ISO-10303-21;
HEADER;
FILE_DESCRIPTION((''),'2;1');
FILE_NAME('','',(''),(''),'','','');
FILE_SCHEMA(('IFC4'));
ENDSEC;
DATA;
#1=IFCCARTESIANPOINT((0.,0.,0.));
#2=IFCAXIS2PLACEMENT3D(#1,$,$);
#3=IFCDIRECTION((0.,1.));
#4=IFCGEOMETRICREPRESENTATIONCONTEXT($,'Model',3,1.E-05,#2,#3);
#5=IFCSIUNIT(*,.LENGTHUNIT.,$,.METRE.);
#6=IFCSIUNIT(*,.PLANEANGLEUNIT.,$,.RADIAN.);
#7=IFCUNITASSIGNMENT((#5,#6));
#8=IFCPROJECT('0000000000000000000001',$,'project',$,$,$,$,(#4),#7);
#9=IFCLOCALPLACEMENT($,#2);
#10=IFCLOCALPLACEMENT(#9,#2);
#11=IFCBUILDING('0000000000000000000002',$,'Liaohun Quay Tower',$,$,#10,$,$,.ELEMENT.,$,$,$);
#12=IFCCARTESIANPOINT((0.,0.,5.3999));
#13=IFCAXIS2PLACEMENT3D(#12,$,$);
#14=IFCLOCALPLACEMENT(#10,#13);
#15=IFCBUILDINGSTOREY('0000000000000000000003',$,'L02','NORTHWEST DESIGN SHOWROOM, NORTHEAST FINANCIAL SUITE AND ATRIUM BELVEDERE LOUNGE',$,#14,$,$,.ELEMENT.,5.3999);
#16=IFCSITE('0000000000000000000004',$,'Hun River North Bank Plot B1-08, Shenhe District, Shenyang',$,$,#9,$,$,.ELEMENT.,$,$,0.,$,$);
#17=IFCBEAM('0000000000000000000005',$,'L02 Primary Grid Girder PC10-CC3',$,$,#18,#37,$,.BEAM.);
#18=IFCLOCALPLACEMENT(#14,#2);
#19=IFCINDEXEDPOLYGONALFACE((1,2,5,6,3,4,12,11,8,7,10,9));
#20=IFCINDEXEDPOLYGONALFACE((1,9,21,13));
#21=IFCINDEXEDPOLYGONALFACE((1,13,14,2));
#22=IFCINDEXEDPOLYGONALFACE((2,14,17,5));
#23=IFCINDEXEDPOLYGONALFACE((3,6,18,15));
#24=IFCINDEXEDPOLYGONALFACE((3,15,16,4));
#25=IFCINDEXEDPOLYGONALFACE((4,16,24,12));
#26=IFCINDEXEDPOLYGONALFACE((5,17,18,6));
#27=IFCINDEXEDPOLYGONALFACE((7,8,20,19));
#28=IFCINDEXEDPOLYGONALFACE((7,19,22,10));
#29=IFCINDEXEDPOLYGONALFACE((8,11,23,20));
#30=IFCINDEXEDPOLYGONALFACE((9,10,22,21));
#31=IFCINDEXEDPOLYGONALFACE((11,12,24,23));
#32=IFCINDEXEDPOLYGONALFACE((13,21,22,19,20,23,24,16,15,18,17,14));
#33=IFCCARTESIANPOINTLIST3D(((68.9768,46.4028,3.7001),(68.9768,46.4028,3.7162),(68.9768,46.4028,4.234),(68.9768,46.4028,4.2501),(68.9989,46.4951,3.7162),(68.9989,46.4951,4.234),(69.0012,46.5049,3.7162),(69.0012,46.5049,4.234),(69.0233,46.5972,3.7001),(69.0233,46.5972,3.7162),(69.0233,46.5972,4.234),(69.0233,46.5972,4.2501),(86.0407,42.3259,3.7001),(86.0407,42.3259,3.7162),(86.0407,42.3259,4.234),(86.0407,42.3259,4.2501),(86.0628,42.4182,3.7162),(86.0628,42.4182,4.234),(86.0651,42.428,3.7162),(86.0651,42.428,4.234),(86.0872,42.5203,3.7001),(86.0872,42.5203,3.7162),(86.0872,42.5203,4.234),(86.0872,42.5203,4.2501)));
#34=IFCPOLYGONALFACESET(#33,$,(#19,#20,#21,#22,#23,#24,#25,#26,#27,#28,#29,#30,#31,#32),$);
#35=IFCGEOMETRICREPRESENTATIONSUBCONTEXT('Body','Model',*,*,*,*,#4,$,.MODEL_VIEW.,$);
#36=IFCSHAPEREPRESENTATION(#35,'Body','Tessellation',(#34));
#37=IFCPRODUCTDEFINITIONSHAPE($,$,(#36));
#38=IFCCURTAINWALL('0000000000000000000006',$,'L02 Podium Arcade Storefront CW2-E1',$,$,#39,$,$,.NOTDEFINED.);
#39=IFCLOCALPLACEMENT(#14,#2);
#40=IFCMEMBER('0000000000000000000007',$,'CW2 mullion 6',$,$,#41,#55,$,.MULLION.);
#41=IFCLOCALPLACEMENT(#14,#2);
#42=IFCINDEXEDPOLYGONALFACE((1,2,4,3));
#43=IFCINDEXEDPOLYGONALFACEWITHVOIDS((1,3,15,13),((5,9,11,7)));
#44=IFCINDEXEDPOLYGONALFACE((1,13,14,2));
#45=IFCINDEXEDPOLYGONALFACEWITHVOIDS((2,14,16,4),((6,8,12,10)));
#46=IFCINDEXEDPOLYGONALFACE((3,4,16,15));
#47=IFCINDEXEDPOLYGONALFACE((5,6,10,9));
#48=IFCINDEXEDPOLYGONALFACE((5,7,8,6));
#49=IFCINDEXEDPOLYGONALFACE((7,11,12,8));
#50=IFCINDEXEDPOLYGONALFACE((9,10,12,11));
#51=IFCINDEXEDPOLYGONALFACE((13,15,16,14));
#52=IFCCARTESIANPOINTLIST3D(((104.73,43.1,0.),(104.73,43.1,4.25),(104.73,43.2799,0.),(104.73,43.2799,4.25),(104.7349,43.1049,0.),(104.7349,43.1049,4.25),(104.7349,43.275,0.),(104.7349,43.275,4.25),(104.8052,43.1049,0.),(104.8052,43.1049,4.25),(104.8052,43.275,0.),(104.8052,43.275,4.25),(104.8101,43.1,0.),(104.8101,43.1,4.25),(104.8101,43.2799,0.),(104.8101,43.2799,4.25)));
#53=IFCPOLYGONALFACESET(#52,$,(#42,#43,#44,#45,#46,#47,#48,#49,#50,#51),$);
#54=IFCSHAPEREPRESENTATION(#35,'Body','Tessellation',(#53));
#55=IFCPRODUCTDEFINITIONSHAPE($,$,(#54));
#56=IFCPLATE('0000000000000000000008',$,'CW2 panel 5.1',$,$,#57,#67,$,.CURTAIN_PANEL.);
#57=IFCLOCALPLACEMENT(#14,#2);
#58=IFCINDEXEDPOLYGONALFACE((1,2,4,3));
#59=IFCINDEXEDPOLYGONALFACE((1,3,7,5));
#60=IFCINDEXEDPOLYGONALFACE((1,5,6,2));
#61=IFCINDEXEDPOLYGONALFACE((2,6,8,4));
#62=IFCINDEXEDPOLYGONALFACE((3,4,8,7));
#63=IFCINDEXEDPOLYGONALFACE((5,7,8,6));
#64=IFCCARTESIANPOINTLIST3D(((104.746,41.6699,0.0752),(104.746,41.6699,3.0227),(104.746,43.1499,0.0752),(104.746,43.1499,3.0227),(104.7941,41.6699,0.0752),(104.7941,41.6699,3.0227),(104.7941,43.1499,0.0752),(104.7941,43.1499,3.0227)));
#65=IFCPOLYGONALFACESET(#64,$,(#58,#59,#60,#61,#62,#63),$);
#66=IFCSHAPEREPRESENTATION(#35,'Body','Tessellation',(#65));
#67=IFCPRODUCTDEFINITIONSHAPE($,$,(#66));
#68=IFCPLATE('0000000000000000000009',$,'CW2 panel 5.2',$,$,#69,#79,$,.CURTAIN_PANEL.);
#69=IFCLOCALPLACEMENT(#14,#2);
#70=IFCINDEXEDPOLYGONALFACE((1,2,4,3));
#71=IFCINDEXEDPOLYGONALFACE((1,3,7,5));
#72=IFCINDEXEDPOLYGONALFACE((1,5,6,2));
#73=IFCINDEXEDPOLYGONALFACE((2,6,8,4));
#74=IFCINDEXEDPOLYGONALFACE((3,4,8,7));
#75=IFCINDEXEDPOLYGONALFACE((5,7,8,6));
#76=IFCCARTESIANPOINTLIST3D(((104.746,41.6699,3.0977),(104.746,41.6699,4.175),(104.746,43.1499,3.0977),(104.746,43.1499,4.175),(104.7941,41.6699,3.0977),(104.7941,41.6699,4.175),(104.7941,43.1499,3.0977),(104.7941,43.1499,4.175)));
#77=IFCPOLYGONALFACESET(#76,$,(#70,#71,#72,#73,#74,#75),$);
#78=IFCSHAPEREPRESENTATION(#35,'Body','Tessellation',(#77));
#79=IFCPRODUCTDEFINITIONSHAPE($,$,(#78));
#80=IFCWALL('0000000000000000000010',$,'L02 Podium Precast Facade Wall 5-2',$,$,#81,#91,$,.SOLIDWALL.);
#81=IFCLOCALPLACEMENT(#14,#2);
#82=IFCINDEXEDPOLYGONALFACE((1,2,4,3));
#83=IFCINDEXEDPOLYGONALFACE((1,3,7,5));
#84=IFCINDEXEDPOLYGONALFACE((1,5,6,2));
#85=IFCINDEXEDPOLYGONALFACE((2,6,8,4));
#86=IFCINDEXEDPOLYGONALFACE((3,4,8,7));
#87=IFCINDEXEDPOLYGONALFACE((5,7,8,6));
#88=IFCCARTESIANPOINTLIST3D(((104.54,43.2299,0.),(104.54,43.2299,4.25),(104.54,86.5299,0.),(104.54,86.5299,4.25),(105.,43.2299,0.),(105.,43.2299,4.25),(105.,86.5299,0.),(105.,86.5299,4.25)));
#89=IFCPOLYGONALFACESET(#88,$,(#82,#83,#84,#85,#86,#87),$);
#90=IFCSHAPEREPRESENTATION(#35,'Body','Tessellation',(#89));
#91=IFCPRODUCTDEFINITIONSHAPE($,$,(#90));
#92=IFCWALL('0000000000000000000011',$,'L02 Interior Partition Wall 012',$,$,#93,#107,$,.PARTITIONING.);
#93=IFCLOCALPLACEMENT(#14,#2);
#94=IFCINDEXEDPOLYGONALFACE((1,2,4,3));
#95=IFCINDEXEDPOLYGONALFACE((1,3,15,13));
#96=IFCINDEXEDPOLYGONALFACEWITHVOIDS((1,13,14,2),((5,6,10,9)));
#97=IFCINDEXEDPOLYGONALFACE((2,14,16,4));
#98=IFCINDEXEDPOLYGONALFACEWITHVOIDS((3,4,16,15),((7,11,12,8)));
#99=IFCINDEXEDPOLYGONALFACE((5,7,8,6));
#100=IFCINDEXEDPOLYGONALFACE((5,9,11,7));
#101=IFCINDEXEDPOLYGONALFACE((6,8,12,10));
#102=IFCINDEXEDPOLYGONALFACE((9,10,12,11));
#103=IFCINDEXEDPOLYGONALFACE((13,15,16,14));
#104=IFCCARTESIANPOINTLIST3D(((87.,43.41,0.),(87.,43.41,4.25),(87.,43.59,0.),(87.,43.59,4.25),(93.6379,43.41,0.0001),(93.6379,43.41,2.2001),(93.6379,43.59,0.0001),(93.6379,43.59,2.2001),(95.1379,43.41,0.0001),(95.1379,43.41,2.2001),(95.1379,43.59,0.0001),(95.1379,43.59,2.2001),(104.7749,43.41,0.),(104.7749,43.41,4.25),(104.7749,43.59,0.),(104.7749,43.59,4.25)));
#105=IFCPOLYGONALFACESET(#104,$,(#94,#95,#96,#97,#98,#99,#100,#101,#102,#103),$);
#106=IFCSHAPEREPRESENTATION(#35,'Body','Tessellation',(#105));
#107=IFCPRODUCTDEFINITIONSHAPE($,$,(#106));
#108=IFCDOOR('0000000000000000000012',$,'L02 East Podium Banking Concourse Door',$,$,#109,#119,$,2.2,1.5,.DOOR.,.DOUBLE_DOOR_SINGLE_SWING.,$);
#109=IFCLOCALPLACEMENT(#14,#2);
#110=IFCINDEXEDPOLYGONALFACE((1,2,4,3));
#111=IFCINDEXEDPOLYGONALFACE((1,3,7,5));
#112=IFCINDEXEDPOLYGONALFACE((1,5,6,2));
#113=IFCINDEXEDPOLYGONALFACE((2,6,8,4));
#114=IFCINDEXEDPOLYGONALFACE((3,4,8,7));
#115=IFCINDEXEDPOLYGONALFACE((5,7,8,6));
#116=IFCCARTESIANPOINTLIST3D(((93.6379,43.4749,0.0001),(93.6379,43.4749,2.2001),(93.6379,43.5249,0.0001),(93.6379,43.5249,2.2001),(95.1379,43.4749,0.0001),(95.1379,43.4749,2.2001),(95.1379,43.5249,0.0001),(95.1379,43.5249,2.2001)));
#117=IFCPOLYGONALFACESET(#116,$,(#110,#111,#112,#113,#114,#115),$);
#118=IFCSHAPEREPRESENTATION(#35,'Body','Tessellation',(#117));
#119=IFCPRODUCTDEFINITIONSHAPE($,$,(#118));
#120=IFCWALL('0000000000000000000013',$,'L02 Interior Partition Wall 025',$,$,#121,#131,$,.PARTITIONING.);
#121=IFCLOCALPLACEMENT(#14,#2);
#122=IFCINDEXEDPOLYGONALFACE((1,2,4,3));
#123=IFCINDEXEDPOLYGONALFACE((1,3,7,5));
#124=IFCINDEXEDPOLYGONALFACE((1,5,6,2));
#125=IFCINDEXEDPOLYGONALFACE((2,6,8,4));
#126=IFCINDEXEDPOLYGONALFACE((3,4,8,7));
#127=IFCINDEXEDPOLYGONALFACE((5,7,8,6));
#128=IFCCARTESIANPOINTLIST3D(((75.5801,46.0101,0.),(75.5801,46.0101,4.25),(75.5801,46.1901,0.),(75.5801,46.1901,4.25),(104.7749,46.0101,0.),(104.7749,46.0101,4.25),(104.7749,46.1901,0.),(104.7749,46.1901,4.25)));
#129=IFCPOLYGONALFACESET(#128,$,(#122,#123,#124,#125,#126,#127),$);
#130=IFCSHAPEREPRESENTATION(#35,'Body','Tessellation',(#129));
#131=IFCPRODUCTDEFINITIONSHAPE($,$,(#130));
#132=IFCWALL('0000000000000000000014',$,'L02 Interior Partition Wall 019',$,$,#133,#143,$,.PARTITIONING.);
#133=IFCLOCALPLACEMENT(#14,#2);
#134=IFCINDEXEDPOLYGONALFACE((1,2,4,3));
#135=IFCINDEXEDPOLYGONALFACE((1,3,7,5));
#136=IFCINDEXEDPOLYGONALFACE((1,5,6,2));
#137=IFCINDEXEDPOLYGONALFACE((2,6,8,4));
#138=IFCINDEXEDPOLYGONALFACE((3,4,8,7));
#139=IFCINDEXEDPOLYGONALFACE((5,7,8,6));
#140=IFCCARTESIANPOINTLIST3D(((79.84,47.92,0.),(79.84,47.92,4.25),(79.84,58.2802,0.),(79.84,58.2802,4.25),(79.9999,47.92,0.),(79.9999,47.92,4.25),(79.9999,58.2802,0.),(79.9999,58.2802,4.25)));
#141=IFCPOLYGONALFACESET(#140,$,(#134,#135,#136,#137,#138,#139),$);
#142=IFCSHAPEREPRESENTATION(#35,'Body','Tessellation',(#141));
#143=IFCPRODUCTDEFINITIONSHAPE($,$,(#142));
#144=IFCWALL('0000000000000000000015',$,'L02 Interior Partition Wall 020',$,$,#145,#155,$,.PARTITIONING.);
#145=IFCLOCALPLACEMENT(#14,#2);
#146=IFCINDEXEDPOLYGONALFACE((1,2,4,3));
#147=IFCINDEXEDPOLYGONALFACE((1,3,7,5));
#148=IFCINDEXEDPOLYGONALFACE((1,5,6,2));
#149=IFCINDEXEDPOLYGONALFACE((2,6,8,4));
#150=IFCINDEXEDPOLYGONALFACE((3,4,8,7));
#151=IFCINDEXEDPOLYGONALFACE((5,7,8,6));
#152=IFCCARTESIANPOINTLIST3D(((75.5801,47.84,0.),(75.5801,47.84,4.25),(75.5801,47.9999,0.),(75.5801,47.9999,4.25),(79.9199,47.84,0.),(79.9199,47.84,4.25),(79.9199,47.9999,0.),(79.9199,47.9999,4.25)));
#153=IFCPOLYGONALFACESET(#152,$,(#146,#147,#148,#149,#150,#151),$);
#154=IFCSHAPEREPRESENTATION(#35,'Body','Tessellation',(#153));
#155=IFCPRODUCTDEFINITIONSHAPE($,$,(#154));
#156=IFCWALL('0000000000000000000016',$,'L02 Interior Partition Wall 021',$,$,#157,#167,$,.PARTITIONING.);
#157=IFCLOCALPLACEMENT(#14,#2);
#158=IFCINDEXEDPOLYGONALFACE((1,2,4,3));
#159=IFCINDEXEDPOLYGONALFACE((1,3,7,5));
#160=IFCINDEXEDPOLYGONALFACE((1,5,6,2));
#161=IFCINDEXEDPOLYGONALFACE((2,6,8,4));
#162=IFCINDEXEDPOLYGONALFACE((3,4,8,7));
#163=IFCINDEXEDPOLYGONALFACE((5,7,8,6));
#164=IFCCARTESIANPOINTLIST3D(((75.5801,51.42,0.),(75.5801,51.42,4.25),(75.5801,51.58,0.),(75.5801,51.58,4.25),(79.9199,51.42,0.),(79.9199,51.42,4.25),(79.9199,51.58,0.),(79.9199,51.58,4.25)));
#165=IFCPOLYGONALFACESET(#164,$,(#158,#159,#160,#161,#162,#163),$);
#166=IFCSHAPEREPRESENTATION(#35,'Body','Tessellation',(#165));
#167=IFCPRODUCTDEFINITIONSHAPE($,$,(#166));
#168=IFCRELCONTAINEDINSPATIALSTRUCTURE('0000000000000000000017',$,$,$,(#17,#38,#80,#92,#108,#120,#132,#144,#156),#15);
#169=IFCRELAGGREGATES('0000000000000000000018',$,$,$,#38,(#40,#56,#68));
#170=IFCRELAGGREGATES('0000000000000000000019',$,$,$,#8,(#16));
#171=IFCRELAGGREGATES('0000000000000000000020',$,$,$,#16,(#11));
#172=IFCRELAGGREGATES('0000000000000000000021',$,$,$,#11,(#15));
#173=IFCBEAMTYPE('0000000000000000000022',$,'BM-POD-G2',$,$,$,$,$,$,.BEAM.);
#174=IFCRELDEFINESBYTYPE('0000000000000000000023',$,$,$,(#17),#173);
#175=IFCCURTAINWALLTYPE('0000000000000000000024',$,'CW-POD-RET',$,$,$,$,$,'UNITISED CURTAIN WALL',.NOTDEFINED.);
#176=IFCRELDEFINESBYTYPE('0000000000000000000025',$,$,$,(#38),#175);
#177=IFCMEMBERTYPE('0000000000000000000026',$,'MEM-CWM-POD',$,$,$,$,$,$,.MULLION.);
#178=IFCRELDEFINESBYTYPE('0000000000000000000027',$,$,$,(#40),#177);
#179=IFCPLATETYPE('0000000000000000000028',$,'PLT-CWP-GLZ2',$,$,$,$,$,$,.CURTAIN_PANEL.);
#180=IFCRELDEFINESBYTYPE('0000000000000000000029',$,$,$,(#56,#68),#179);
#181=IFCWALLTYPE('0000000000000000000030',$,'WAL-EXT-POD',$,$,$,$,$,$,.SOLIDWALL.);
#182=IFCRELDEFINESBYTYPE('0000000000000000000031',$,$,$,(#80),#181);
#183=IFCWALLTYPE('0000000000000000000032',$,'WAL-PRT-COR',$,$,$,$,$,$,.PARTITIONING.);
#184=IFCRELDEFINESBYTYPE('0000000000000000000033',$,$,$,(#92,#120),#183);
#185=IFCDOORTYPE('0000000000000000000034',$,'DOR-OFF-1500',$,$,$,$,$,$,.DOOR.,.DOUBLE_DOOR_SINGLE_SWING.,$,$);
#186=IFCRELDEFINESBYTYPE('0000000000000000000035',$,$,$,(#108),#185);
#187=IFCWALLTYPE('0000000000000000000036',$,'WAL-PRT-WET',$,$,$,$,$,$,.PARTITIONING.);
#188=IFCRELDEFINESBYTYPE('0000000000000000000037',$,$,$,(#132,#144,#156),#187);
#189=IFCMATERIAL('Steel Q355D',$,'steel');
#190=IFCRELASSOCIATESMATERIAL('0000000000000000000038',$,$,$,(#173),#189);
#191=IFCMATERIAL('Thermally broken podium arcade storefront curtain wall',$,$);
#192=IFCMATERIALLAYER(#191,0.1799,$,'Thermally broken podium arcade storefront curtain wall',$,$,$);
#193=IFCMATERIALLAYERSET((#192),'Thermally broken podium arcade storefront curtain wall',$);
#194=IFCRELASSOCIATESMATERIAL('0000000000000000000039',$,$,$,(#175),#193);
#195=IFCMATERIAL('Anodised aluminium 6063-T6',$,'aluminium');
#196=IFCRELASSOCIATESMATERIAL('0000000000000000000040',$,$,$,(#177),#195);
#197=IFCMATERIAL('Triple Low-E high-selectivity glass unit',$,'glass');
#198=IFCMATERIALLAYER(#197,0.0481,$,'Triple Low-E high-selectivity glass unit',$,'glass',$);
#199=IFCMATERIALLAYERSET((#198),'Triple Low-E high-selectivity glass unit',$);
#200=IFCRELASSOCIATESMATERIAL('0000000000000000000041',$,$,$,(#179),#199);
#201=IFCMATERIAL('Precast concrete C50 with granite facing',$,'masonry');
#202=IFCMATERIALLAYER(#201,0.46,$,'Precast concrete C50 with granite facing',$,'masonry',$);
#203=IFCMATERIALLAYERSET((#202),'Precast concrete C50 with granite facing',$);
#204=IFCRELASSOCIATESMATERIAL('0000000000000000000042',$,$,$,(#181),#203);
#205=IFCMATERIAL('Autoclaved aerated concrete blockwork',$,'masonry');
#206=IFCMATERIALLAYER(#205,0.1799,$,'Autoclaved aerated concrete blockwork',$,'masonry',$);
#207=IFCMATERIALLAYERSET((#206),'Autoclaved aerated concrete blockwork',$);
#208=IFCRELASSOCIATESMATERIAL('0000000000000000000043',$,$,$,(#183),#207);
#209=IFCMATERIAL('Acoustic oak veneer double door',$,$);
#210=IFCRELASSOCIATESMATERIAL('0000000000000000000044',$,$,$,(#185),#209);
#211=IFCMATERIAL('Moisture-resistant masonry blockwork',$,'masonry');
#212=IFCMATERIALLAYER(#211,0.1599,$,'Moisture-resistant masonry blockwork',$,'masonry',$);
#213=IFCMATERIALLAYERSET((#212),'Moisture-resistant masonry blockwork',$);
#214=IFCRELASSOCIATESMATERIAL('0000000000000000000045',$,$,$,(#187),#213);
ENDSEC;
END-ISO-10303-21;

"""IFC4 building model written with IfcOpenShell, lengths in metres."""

from ifc_helpers import new_model, si_unit, direction, frame, frame_2d, origin, origin_2d, place, context, subcontext, project, spatial, rectangle, hollow_rectangle, i_section, extrude, source, transform, mapped, material, layer, layer_set, material_profile, profile_set, type_object, element, fill, aggregate, save


model = new_model("IFC4")

# Units and contexts
model_context = context("Model", 3, precision=1e-05, world=origin(), true_north=direction((0.0, 1.0)))
body_context = subcontext(model_context, "Body", "Model", "MODEL_VIEW")
ifc_project = project(units=[si_unit("LENGTHUNIT", "METRE"), si_unit("PLANEANGLEUNIT", "RADIAN")], contexts=[model_context])

# Site, building, storey
site_placement = place(None, origin())
site = spatial("IfcSite", under=ifc_project, at=site_placement, Name="Hun River North Bank Plot B1-08, Shenhe District, Shenyang", CompositionType="ELEMENT", RefElevation=0.0)
building_placement = place(site_placement, origin())
building = spatial("IfcBuilding", under=site, at=building_placement, Name="Liaohun Quay Tower", CompositionType="ELEMENT")
storey_placement = place(building_placement, frame((0.0, 0.0, 5.3999)))
storey = spatial("IfcBuildingStorey", under=building, at=storey_placement, Name="L02", Description="NORTHWEST DESIGN SHOWROOM, NORTHEAST FINANCIAL SUITE AND ATRIUM BELVEDERE LOUNGE", CompositionType="ELEMENT", Elevation=5.3999)

# Beam
ifc_material_1 = material(Name="Steel Q355D", Category="steel")
ifc_material_profile_1 = material_profile(ifc_material_1, i_section(OverallWidth=0.2, OverallDepth=0.55, WebThickness=0.01, FlangeThickness=0.0161, at=origin_2d()), Name="HN550x200x10x16")
ifc_profile_set_1 = profile_set([ifc_material_profile_1], Name="Steel Q355D")
beam_type_1 = type_object("IfcBeamType", Name="BM-POD-G2", PredefinedType="BEAM", material=ifc_profile_set_1)
shared_shape_1 = source(origin(), body_context, "Body", "SweptSolid", [
    extrude(i_section(OverallWidth=0.2, OverallDepth=0.55, WebThickness=0.01, FlangeThickness=0.0161, at=origin_2d()), origin(), (0.0, 0.0, 1.0), 17.5442),
])
beam_1_placement = place(storey_placement, frame((86.064, 42.4231, 3.9751), z_axis=(-0.972625, 0.232379, 0.0), x_axis=(-0.232379, -0.972625, 0.0)))
element("IfcBeam", 1, at=beam_1_placement, inside=storey, type_object=beam_type_1, Name="L02 Primary Grid Girder PC10-CC3", PredefinedType="BEAM", context=body_context, shape_type="MappedRepresentation", body=[
    mapped(shared_shape_1, transform((0.0, 0.0, 0.0), x_axis=(1.0, 0.0, 0.0), y_axis=(0.0, 1.0, 0.0), z_axis=(0.0, 0.0, 1.0), scale=1.0)),
])

# Curtain wall, member, plates
ifc_material_2 = material(Name="Thermally broken podium arcade storefront curtain wall")
ifc_layer_1 = layer(ifc_material_2, 0.1799, Name="Thermally broken podium arcade storefront curtain wall")
ifc_layer_set_1 = layer_set([ifc_layer_1], Name="Thermally broken podium arcade storefront curtain wall")
curtain_wall_type = type_object("IfcCurtainWallType", Name="CW-POD-RET", ElementType="UNITISED CURTAIN WALL", PredefinedType="NOTDEFINED", material=ifc_layer_set_1)
curtain_wall_placement = place(storey_placement, origin())
curtain_wall = element("IfcCurtainWall", 2, at=curtain_wall_placement, inside=storey, type_object=curtain_wall_type, Name="L02 Podium Arcade Storefront CW2-E1", PredefinedType="NOTDEFINED")
ifc_material_3 = material(Name="Anodised aluminium 6063-T6", Category="aluminium")
ifc_material_profile_2 = material_profile(ifc_material_3, hollow_rectangle(XDim=0.0801, YDim=0.1799, WallThickness=0.0049, at=origin_2d()), Name="RHS180x80x5")
ifc_profile_set_2 = profile_set([ifc_material_profile_2], Name="Anodised aluminium 6063-T6")
member_type = type_object("IfcMemberType", Name="MEM-CWM-POD", PredefinedType="MULLION", material=ifc_profile_set_2)
shared_shape_2 = source(origin(), body_context, "Body", "SweptSolid", [
    extrude(hollow_rectangle(XDim=0.0801, YDim=0.1799, WallThickness=0.0049, at=origin_2d()), origin(), (0.0, 0.0, 1.0), 4.25),
])
member_placement = place(storey_placement, frame((104.77, 43.1899, 0.0), z_axis=(0.0, 0.0, 1.0), x_axis=(-1.0, 0.0, 0.0)))
member = element("IfcMember", 3, at=member_placement, type_object=member_type, Name="CW2 mullion 6", PredefinedType="MULLION", context=body_context, shape_type="MappedRepresentation", body=[
    mapped(shared_shape_2, transform((0.0, 0.0, 0.0), x_axis=(1.0, 0.0, 0.0), y_axis=(0.0, 1.0, 0.0), z_axis=(0.0, 0.0, 1.0), scale=1.0)),
])
ifc_material_4 = material(Name="Triple Low-E high-selectivity glass unit", Category="glass")
ifc_layer_2 = layer(ifc_material_4, 0.0481, Name="Triple Low-E high-selectivity glass unit", Category="glass")
ifc_layer_set_2 = layer_set([ifc_layer_2], Name="Triple Low-E high-selectivity glass unit")
plate_type = type_object("IfcPlateType", Name="PLT-CWP-GLZ2", PredefinedType="CURTAIN_PANEL", material=ifc_layer_set_2)
shared_shape_3 = source(origin(), body_context, "Body", "SweptSolid", [
    extrude(rectangle(XDim=1.48, YDim=0.0481, at=origin_2d()), origin(), (0.0, 0.0, 1.0), 2.9475),
])
plate_1_placement = place(storey_placement, frame((104.77, 42.4099, 0.0752), z_axis=(0.0, 0.0, 1.0), x_axis=(0.0, 1.0, 0.0)))
plate_1 = element("IfcPlate", 4, at=plate_1_placement, type_object=plate_type, Name="CW2 panel 5.1", PredefinedType="CURTAIN_PANEL", context=body_context, shape_type="MappedRepresentation", body=[
    mapped(shared_shape_3, transform((0.0, 0.0, 0.0), x_axis=(1.0, 0.0, 0.0), y_axis=(0.0, 1.0, 0.0), z_axis=(0.0, 0.0, 1.0), scale=1.0)),
])
shared_shape_4 = source(origin(), body_context, "Body", "SweptSolid", [
    extrude(rectangle(XDim=1.48, YDim=0.0481, at=origin_2d()), origin(), (0.0, 0.0, 1.0), 1.0774),
])
plate_2_placement = place(storey_placement, frame((104.77, 42.4099, 3.0977), z_axis=(0.0, 0.0, 1.0), x_axis=(0.0, 1.0, 0.0)))
plate_2 = element("IfcPlate", 5, at=plate_2_placement, type_object=plate_type, Name="CW2 panel 5.2", PredefinedType="CURTAIN_PANEL", context=body_context, shape_type="MappedRepresentation", body=[
    mapped(shared_shape_4, transform((0.0, 0.0, 0.0), x_axis=(1.0, 0.0, 0.0), y_axis=(0.0, 1.0, 0.0), z_axis=(0.0, 0.0, 1.0), scale=1.0)),
])
aggregate(curtain_wall, [member, plate_1, plate_2])

# Wall
ifc_material_5 = material(Name="Precast concrete C50 with granite facing", Category="masonry")
ifc_layer_3 = layer(ifc_material_5, 0.46, Name="Precast concrete C50 with granite facing", Category="masonry")
ifc_layer_set_3 = layer_set([ifc_layer_3], Name="Precast concrete C50 with granite facing")
wall_type_1 = type_object("IfcWallType", Name="WAL-EXT-POD", PredefinedType="SOLIDWALL", material=ifc_layer_set_3)
wall_1_placement = place(storey_placement, frame((104.77, 43.23, 0.0), z_axis=(0.0, 0.0, 1.0), x_axis=(0.0, 1.0, 0.0)))
element("IfcWall", 6, at=wall_1_placement, inside=storey, type_object=wall_type_1, Name="L02 Podium Precast Facade Wall 5-2", PredefinedType="SOLIDWALL", context=body_context, shape_type="SweptSolid", body=[
    extrude(rectangle(XDim=43.3, YDim=0.46, at=frame_2d((21.6499, 0.0))), origin(), (0.0, 0.0, 1.0), 4.25),
])

# Wall, opening, door
ifc_material_6 = material(Name="Autoclaved aerated concrete blockwork", Category="masonry")
ifc_layer_4 = layer(ifc_material_6, 0.1799, Name="Autoclaved aerated concrete blockwork", Category="masonry")
ifc_layer_set_4 = layer_set([ifc_layer_4], Name="Autoclaved aerated concrete blockwork")
wall_type_2 = type_object("IfcWallType", Name="WAL-PRT-COR", PredefinedType="PARTITIONING", material=ifc_layer_set_4)
wall_2_placement = place(storey_placement, frame((87.0, 43.5, 0.0), z_axis=(0.0, 0.0, 1.0), x_axis=(1.0, 0.0, 0.0)))
wall_2 = element("IfcWall", 7, at=wall_2_placement, inside=storey, type_object=wall_type_2, Name="L02 Interior Partition Wall 012", PredefinedType="PARTITIONING", context=body_context, shape_type="SweptSolid", body=[
    extrude(rectangle(XDim=17.7749, YDim=0.1799, at=frame_2d((8.8875, 0.0))), origin(), (0.0, 0.0, 1.0), 4.25),
])
shared_shape_5 = source(origin(), body_context, "Body", "SweptSolid", [
    extrude(rectangle(XDim=1.5, YDim=2.2, at=frame_2d((0.75, 1.1001))), frame((0.0, 0.0999, 0.0), z_axis=(0.0, -1.0, 0.0), x_axis=(1.0, 0.0, 0.0)), (0.0, 0.0, 1.0), 0.2),
])
opening_1_placement = place(wall_2_placement, frame((6.6379, 0.0, 0.0)))
opening_1 = element("IfcOpeningElement", 8, at=opening_1_placement, cuts=wall_2, PredefinedType="OPENING", context=body_context, shape_type="MappedRepresentation", body=[
    mapped(shared_shape_5, transform((0.0, 0.0, 0.0), x_axis=(1.0, 0.0, 0.0), y_axis=(0.0, 1.0, 0.0), z_axis=(0.0, 0.0, 1.0), scale=1.0)),
])
ifc_material_7 = material(Name="Acoustic oak veneer double door")
door_type_1 = type_object("IfcDoorType", Name="DOR-OFF-1500", OperationType="DOUBLE_DOOR_SINGLE_SWING", PredefinedType="DOOR", material=ifc_material_7)
shared_shape_6 = source(origin(), body_context, "Body", "SweptSolid", [
    extrude(rectangle(XDim=1.5, YDim=2.2, at=frame_2d((0.75, 1.1001))), frame((0.0, 0.0249, 0.0), z_axis=(0.0, -1.0, 0.0), x_axis=(1.0, 0.0, 0.0)), (0.0, 0.0, 1.0), 0.05),
])
door_1_placement = place(opening_1_placement, origin())
door_1 = element("IfcDoor", 9, at=door_1_placement, inside=storey, type_object=door_type_1, Name="L02 East Podium Banking Concourse Door", OperationType="DOUBLE_DOOR_SINGLE_SWING", OverallHeight=2.2, OverallWidth=1.5, PredefinedType="DOOR", context=body_context, shape_type="MappedRepresentation", body=[
    mapped(shared_shape_6, transform((0.0, 0.0, 0.0), x_axis=(1.0, 0.0, 0.0), y_axis=(0.0, 1.0, 0.0), z_axis=(0.0, 0.0, 1.0), scale=1.0)),
])
fill(opening_1, door_1)

# Wall
wall_3_placement = place(storey_placement, frame((75.5801, 46.1001, 0.0), z_axis=(0.0, 0.0, 1.0), x_axis=(1.0, 0.0, 0.0)))
element("IfcWall", 10, at=wall_3_placement, inside=storey, type_object=wall_type_2, Name="L02 Interior Partition Wall 025", PredefinedType="PARTITIONING", context=body_context, shape_type="SweptSolid", body=[
    extrude(rectangle(XDim=29.1948, YDim=0.1799, at=frame_2d((14.5974, 0.0))), origin(), (0.0, 0.0, 1.0), 4.25),
])

# Shared definitions
ifc_material_8 = material(Name="Moisture-resistant masonry blockwork", Category="masonry")
ifc_layer_5 = layer(ifc_material_8, 0.1599, Name="Moisture-resistant masonry blockwork", Category="masonry")
ifc_layer_set_5 = layer_set([ifc_layer_5], Name="Moisture-resistant masonry blockwork")
wall_type_3 = type_object("IfcWallType", Name="WAL-PRT-WET", PredefinedType="PARTITIONING", material=ifc_layer_set_5)

# Walls
wall_4_placement = place(storey_placement, frame((79.9199, 47.9199, 0.0), z_axis=(0.0, 0.0, 1.0), x_axis=(0.0, 1.0, 0.0)))
element("IfcWall", 11, at=wall_4_placement, inside=storey, type_object=wall_type_3, Name="L02 Interior Partition Wall 019", PredefinedType="PARTITIONING", context=body_context, shape_type="SweptSolid", body=[
    extrude(rectangle(XDim=10.3601, YDim=0.1599, at=frame_2d((5.1802, 0.0))), origin(), (0.0, 0.0, 1.0), 4.25),
])
for number, where, z_axis, x_axis, name in (
    (12, (75.5801, 47.9199, 0.0), (0.0, 0.0, 1.0), (1.0, 0.0, 0.0), "L02 Interior Partition Wall 020"),
    (13, (75.5801, 51.5, 0.0), (0.0, 0.0, 1.0), (1.0, 0.0, 0.0), "L02 Interior Partition Wall 021"),
):
    element("IfcWall", number, at=place(storey_placement, frame(where, z_axis=z_axis, x_axis=x_axis)), inside=storey, type_object=wall_type_3, Name=name, PredefinedType="PARTITIONING", context=body_context, shape_type="SweptSolid", body=[
        extrude(rectangle(XDim=4.3398, YDim=0.1599, at=frame_2d((2.1699, 0.0))), origin(), (0.0, 0.0, 1.0), 4.25),
    ])

save(model, "model.ifc")
